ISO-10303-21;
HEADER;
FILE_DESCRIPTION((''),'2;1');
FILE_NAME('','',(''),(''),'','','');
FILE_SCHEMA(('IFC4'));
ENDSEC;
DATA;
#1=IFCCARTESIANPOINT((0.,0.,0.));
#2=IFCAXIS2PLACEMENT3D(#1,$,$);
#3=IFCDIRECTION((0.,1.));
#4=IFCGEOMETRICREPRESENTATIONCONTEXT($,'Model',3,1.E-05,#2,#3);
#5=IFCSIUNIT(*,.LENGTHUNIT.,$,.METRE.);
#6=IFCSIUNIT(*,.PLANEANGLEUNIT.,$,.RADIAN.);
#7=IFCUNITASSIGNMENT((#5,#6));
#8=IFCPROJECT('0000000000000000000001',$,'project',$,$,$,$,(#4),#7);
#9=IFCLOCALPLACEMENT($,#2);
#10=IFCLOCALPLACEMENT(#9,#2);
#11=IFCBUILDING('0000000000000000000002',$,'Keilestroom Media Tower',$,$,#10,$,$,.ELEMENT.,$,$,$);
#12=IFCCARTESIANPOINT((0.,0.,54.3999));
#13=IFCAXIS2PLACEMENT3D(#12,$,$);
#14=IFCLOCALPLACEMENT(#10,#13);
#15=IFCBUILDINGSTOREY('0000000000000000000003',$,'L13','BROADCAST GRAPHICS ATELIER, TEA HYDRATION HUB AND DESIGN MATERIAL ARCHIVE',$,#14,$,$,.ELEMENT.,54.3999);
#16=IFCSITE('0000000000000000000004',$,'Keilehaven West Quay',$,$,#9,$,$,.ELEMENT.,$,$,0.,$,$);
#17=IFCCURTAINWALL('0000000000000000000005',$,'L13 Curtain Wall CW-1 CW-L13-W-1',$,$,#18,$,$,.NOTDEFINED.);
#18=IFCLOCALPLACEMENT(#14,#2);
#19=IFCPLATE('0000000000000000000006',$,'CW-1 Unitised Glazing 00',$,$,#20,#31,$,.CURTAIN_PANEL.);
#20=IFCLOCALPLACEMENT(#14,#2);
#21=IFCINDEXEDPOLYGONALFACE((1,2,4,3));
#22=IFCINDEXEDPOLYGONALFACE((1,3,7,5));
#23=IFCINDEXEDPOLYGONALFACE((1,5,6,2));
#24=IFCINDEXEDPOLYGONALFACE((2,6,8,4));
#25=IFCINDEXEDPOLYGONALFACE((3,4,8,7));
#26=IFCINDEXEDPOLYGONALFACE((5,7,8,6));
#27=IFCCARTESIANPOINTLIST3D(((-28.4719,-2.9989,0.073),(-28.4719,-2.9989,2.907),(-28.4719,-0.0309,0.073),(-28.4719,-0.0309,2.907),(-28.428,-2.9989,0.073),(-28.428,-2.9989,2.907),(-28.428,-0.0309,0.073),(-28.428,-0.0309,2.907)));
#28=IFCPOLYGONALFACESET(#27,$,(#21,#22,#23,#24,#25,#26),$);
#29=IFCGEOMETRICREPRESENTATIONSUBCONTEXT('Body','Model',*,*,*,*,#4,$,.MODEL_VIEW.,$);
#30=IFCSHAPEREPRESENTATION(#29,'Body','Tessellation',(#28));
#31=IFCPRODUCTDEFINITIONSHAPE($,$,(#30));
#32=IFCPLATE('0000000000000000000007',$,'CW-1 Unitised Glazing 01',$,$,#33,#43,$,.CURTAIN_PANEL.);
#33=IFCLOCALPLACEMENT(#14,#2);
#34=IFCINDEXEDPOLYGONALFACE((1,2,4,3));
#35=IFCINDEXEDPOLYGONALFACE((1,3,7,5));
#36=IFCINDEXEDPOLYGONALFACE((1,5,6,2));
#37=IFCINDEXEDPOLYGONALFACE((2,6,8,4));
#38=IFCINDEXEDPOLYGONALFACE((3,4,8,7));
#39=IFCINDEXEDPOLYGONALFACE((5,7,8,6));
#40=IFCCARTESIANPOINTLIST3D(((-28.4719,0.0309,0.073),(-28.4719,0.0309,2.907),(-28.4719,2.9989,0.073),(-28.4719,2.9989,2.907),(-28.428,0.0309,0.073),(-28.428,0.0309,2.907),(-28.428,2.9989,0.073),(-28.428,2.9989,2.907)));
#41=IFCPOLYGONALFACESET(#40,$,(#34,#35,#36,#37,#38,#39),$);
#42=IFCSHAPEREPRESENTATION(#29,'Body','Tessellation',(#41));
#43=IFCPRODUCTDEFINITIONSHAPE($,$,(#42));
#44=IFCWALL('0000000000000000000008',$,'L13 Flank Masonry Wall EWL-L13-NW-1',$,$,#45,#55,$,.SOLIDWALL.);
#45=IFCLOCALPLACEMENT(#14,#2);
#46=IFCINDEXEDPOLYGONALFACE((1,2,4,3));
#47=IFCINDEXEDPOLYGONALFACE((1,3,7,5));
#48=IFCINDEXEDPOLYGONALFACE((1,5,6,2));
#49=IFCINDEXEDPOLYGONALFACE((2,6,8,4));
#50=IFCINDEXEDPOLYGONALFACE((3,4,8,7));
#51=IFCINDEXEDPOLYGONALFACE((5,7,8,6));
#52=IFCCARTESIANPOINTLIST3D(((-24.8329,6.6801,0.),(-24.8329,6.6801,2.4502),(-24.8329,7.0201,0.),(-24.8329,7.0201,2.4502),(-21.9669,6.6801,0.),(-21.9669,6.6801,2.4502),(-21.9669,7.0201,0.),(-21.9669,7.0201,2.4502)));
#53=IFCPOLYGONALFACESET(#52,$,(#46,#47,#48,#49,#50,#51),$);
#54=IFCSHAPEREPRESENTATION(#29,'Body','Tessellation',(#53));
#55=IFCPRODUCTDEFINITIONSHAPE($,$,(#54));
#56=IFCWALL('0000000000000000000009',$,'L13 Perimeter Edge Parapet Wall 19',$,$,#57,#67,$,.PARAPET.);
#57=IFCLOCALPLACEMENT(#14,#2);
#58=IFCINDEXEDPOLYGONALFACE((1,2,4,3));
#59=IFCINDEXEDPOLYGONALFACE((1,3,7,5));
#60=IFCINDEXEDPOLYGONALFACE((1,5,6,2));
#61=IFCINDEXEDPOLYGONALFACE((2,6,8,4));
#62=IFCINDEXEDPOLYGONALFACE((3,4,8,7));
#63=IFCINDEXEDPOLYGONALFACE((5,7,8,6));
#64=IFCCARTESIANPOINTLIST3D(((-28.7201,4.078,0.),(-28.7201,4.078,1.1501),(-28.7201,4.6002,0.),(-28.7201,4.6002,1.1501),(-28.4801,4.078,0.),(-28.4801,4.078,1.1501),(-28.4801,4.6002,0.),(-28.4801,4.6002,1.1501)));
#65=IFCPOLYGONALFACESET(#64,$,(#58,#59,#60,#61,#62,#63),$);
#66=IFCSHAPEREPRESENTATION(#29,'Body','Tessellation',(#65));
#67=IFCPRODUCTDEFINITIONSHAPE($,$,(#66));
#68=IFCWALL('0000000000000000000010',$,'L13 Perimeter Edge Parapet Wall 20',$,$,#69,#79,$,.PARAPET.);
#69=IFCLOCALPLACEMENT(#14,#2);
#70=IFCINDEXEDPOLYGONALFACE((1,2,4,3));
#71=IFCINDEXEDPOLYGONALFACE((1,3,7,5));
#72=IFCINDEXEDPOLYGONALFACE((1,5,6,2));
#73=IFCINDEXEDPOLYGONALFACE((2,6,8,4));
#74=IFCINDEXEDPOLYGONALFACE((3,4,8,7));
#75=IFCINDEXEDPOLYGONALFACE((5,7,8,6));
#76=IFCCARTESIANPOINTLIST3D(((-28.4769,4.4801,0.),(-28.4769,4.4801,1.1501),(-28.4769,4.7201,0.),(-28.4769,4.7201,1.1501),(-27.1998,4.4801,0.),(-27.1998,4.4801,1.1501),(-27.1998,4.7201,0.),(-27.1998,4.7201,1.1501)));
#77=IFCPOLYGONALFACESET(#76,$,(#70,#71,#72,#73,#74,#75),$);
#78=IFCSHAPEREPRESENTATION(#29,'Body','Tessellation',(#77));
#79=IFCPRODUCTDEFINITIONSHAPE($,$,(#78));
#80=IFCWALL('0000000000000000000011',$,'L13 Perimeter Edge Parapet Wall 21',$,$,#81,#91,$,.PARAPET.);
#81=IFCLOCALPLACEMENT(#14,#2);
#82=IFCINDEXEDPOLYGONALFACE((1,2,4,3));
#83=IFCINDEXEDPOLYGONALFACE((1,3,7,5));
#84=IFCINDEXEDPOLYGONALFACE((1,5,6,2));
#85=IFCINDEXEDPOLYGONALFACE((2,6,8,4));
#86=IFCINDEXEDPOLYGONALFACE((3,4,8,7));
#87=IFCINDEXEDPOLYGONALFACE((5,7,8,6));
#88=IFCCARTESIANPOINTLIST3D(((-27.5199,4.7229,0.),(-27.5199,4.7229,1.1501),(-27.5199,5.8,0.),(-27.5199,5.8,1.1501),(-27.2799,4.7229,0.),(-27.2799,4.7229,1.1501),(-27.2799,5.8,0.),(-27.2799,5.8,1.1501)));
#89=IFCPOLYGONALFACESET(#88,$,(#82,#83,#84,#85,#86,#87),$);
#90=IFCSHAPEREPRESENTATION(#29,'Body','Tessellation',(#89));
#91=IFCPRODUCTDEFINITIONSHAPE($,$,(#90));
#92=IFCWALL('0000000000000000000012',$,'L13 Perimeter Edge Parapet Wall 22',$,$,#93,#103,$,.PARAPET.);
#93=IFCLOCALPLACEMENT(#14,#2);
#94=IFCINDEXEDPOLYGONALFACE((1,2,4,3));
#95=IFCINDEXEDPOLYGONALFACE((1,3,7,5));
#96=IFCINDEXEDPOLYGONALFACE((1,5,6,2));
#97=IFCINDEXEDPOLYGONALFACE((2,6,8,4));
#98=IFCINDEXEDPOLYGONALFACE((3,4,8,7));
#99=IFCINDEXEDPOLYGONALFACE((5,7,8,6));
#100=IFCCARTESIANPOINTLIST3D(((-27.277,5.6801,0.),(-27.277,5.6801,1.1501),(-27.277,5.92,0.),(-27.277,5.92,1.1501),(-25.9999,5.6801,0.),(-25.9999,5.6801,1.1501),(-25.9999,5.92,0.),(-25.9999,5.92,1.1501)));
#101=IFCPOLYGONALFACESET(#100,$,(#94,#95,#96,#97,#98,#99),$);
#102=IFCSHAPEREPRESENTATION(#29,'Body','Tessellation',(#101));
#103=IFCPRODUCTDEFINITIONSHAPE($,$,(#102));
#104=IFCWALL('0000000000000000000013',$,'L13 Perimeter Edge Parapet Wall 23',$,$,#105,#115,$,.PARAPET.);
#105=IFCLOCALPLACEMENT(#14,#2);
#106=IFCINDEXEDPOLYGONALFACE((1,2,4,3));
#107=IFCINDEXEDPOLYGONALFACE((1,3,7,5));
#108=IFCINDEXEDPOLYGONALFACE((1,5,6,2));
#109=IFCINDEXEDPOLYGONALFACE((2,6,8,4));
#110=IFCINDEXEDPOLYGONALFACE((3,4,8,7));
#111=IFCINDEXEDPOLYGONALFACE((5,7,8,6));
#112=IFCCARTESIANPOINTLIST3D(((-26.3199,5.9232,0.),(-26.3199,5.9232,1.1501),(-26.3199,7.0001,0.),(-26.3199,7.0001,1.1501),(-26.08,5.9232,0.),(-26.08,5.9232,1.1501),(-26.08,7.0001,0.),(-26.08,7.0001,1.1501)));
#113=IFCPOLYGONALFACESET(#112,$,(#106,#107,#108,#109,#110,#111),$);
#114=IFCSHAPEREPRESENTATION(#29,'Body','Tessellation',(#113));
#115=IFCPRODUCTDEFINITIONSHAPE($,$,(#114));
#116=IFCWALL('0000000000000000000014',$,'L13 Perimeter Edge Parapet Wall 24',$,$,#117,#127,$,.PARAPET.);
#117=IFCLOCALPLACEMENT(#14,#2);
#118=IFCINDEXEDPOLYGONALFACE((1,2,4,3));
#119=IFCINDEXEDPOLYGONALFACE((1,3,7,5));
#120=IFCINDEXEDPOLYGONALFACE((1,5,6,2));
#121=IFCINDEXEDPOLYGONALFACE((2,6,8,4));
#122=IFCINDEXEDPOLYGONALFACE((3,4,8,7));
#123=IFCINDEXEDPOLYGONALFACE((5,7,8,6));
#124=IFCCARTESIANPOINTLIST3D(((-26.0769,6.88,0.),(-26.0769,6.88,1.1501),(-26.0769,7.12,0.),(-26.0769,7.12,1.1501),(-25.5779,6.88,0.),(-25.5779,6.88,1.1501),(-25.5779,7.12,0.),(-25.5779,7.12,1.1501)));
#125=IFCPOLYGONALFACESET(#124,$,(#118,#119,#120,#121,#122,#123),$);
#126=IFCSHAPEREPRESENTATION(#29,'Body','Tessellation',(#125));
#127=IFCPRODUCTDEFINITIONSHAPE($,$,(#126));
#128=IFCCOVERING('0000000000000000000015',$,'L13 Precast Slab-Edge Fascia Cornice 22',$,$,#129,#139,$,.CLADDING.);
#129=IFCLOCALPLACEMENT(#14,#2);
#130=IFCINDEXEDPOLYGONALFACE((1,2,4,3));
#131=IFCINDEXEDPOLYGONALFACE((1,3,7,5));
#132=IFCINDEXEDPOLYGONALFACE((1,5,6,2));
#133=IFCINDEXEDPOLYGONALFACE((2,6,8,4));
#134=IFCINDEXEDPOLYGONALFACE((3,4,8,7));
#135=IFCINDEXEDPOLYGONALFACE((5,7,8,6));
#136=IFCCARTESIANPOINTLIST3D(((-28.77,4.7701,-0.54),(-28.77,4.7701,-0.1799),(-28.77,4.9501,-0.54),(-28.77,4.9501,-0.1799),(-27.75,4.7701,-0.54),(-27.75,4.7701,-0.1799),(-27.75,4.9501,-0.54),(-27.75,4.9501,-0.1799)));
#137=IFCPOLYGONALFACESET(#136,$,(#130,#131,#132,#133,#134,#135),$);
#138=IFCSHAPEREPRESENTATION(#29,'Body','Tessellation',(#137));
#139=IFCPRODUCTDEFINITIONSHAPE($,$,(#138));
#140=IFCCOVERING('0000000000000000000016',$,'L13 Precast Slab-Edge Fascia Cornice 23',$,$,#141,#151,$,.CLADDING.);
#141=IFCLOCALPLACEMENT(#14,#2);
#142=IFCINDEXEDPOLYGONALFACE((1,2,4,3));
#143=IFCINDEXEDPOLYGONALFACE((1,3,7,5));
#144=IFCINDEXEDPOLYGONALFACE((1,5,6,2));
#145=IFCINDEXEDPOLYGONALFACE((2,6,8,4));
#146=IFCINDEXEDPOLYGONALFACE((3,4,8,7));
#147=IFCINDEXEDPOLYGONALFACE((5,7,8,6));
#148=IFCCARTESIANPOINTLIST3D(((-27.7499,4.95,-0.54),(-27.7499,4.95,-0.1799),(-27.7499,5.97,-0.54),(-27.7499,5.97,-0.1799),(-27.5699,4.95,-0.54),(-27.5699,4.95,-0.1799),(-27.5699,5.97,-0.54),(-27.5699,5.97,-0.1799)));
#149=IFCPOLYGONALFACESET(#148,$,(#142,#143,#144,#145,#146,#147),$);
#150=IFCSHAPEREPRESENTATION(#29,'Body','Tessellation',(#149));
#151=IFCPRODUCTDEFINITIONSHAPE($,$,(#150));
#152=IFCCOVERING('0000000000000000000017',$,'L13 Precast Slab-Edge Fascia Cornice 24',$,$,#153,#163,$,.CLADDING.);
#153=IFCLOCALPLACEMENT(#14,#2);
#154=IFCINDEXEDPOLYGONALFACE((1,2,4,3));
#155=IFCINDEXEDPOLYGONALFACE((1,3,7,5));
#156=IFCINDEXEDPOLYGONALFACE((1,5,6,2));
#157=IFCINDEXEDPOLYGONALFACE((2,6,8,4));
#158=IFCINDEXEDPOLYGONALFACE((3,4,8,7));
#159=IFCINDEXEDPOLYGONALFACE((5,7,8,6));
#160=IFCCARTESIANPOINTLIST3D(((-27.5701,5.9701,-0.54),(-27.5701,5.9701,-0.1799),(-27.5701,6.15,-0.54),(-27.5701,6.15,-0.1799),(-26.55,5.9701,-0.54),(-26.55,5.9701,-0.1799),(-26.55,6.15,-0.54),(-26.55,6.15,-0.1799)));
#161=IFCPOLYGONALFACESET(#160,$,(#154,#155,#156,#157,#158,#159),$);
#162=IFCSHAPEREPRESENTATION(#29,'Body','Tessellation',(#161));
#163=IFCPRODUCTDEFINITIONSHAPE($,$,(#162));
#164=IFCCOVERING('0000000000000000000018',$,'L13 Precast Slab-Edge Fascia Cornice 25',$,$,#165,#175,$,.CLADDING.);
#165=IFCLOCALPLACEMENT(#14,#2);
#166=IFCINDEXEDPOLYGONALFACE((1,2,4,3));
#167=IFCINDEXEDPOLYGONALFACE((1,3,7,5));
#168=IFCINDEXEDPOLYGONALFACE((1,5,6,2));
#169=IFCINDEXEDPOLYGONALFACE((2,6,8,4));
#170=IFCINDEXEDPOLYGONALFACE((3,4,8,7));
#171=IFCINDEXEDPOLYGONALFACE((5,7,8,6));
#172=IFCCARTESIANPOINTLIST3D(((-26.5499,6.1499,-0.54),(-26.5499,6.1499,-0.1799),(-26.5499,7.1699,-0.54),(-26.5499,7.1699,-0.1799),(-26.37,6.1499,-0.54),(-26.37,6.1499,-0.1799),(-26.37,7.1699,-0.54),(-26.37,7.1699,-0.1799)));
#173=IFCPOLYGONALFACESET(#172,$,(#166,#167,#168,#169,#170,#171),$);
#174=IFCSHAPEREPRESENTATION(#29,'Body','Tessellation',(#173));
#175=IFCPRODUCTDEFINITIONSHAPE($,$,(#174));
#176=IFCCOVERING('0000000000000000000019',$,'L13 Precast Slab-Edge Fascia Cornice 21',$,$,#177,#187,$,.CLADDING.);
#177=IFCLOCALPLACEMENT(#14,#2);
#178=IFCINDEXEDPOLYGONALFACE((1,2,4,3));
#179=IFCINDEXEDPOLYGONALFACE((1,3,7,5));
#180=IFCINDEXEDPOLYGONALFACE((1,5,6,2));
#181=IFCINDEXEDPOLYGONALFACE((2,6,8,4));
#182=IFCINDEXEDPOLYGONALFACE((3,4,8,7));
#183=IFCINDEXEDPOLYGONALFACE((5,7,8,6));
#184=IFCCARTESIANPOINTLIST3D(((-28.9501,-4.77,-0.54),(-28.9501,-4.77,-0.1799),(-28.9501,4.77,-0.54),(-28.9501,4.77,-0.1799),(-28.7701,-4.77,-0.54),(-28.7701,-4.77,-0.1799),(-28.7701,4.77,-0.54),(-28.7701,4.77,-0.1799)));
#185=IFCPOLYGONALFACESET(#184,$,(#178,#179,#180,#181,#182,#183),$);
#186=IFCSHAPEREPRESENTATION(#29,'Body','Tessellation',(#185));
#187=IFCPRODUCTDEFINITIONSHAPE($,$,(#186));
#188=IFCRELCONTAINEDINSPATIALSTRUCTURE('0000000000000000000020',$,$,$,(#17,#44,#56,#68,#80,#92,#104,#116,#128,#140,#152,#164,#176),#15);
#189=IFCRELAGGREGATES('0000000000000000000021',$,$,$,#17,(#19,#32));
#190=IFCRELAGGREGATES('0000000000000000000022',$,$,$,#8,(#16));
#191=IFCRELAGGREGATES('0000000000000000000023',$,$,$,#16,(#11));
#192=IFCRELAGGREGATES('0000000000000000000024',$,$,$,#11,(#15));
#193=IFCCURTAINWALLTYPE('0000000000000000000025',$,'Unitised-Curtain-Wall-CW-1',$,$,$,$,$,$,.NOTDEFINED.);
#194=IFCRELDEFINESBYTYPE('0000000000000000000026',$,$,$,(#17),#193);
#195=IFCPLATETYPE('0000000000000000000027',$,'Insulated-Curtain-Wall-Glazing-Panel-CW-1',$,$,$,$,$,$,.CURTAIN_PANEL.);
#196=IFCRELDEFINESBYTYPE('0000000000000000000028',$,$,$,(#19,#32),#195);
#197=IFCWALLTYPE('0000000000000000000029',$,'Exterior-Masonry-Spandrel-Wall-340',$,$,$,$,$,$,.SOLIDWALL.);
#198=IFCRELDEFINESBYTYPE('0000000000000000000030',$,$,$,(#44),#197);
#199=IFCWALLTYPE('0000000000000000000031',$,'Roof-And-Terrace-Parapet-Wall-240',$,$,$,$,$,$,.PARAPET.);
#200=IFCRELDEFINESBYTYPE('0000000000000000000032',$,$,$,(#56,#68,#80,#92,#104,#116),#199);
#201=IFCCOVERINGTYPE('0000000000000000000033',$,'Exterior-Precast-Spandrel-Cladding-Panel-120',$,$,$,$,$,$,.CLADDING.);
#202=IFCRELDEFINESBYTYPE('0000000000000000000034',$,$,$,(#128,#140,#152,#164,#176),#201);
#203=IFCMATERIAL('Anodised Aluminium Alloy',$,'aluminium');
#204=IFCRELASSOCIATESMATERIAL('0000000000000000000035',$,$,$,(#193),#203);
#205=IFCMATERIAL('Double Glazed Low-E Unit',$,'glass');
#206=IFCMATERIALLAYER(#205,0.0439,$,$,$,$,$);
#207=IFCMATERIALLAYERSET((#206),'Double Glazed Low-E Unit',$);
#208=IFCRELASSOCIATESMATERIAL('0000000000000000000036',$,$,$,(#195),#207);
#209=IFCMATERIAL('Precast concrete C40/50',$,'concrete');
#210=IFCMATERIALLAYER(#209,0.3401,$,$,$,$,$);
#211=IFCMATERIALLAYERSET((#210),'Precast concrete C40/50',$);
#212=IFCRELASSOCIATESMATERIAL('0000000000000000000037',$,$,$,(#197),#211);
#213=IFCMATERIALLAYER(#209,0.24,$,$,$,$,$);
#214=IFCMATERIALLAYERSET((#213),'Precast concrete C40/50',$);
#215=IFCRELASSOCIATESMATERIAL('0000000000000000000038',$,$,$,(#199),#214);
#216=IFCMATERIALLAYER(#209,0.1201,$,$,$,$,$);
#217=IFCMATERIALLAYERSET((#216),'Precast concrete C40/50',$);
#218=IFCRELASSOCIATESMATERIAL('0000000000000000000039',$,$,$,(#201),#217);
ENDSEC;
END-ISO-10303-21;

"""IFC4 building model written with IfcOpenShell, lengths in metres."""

from ifc_helpers import new_model, si_unit, direction, frame, frame_2d, origin, origin_2d, place, context, subcontext, project, spatial, rectangle, extrude, source, transform, mapped, material, layer, layer_set, type_object, element, aggregate, save


model = new_model("IFC4")

# Units and contexts
model_context = context("Model", 3, precision=1e-05, world=origin(), true_north=direction((0.0, 1.0)))
body_context = subcontext(model_context, "Body", "Model", "MODEL_VIEW")
ifc_project = project(units=[si_unit("LENGTHUNIT", "METRE"), si_unit("PLANEANGLEUNIT", "RADIAN")], contexts=[model_context])

# Site, building, storey
site_placement = place(None, origin())
site = spatial("IfcSite", under=ifc_project, at=site_placement, Name="Keilehaven West Quay", CompositionType="ELEMENT", RefElevation=0.0)
building_placement = place(site_placement, origin())
building = spatial("IfcBuilding", under=site, at=building_placement, Name="Keilestroom Media Tower", CompositionType="ELEMENT")
storey_placement = place(building_placement, frame((0.0, 0.0, 54.3999)))
storey = spatial("IfcBuildingStorey", under=building, at=storey_placement, Name="L13", Description="BROADCAST GRAPHICS ATELIER, TEA HYDRATION HUB AND DESIGN MATERIAL ARCHIVE", CompositionType="ELEMENT", Elevation=54.3999)

# Shared definitions
ifc_material_1 = material(Name="Precast concrete C40/50", Category="concrete")

# Curtain wall, plates
ifc_material_2 = material(Name="Anodised Aluminium Alloy", Category="aluminium")
curtain_wall_type = type_object("IfcCurtainWallType", Name="Unitised-Curtain-Wall-CW-1", PredefinedType="NOTDEFINED", material=ifc_material_2)
curtain_wall_placement = place(storey_placement, origin())
curtain_wall = element("IfcCurtainWall", 1, at=curtain_wall_placement, inside=storey, type_object=curtain_wall_type, Name="L13 Curtain Wall CW-1 CW-L13-W-1", PredefinedType="NOTDEFINED")
ifc_material_3 = material(Name="Double Glazed Low-E Unit", Category="glass")
ifc_layer_1 = layer(ifc_material_3, 0.0439)
ifc_layer_set_1 = layer_set([ifc_layer_1], Name="Double Glazed Low-E Unit")
plate_type = type_object("IfcPlateType", Name="Insulated-Curtain-Wall-Glazing-Panel-CW-1", PredefinedType="CURTAIN_PANEL", material=ifc_layer_set_1)
shared_shape_1 = source(origin(), body_context, "Body", "SweptSolid", [
    extrude(rectangle(XDim=2.968, YDim=0.0439, at=origin_2d()), origin(), (0.0, 0.0, 1.0), 2.834),
])
plate_1_placement = place(storey_placement, frame((-28.45, -1.5149, 0.073), z_axis=(0.0, 0.0, 1.0), x_axis=(0.0, 1.0, 0.0)))
plate_1 = element("IfcPlate", 2, at=plate_1_placement, type_object=plate_type, Name="CW-1 Unitised Glazing 00", PredefinedType="CURTAIN_PANEL", context=body_context, shape_type="MappedRepresentation", body=[
    mapped(shared_shape_1, transform((0.0, 0.0, 0.0), x_axis=(1.0, 0.0, 0.0), y_axis=(0.0, 1.0, 0.0), z_axis=(0.0, 0.0, 1.0), scale=1.0)),
])
plate_2_placement = place(storey_placement, frame((-28.45, 1.5149, 0.073), z_axis=(0.0, 0.0, 1.0), x_axis=(0.0, 1.0, 0.0)))
plate_2 = element("IfcPlate", 3, at=plate_2_placement, type_object=plate_type, Name="CW-1 Unitised Glazing 01", PredefinedType="CURTAIN_PANEL", context=body_context, shape_type="MappedRepresentation", body=[
    mapped(shared_shape_1, transform((0.0, 0.0, 0.0), x_axis=(1.0, 0.0, 0.0), y_axis=(0.0, 1.0, 0.0), z_axis=(0.0, 0.0, 1.0), scale=1.0)),
])
aggregate(curtain_wall, [plate_1, plate_2])

# Walls
ifc_layer_2 = layer(ifc_material_1, 0.3401)
ifc_layer_set_2 = layer_set([ifc_layer_2], Name="Precast concrete C40/50")
wall_type_1 = type_object("IfcWallType", Name="Exterior-Masonry-Spandrel-Wall-340", PredefinedType="SOLIDWALL", material=ifc_layer_set_2)
wall_1_placement = place(storey_placement, frame((-24.833, 6.8501, 0.0), z_axis=(0.0, 0.0, 1.0), x_axis=(1.0, 0.0, 0.0)))
element("IfcWall", 4, at=wall_1_placement, inside=storey, type_object=wall_type_1, Name="L13 Flank Masonry Wall EWL-L13-NW-1", PredefinedType="SOLIDWALL", context=body_context, shape_type="SweptSolid", body=[
    extrude(rectangle(XDim=2.866, YDim=0.3401, at=frame_2d((1.4331, 0.0))), origin(), (0.0, 0.0, 1.0), 2.4502),
])
ifc_layer_3 = layer(ifc_material_1, 0.24)
ifc_layer_set_3 = layer_set([ifc_layer_3], Name="Precast concrete C40/50")
wall_type_2 = type_object("IfcWallType", Name="Roof-And-Terrace-Parapet-Wall-240", PredefinedType="PARAPET", material=ifc_layer_set_3)
wall_2_placement = place(storey_placement, frame((-28.6001, 4.0779, 0.0), z_axis=(0.0, 0.0, 1.0), x_axis=(0.0, 1.0, 0.0)))
element("IfcWall", 5, at=wall_2_placement, inside=storey, type_object=wall_type_2, Name="L13 Perimeter Edge Parapet Wall 19", PredefinedType="PARAPET", context=body_context, shape_type="SweptSolid", body=[
    extrude(rectangle(XDim=0.5222, YDim=0.24, at=frame_2d((0.2612, 0.0))), origin(), (0.0, 0.0, 1.0), 1.1501),
])
wall_3_placement = place(storey_placement, frame((-28.4771, 4.6001, 0.0), z_axis=(0.0, 0.0, 1.0), x_axis=(1.0, 0.0, 0.0)))
element("IfcWall", 6, at=wall_3_placement, inside=storey, type_object=wall_type_2, Name="L13 Perimeter Edge Parapet Wall 20", PredefinedType="PARAPET", context=body_context, shape_type="SweptSolid", body=[
    extrude(rectangle(XDim=1.2771, YDim=0.24, at=frame_2d((0.6387, 0.0))), origin(), (0.0, 0.0, 1.0), 1.1501),
])
wall_4_placement = place(storey_placement, frame((-27.3999, 4.7229, 0.0), z_axis=(0.0, 0.0, 1.0), x_axis=(0.0, 1.0, 0.0)))
element("IfcWall", 7, at=wall_4_placement, inside=storey, type_object=wall_type_2, Name="L13 Perimeter Edge Parapet Wall 21", PredefinedType="PARAPET", context=body_context, shape_type="SweptSolid", body=[
    extrude(rectangle(XDim=1.0771, YDim=0.24, at=frame_2d((0.5386, 0.0))), origin(), (0.0, 0.0, 1.0), 1.1501),
])
wall_5_placement = place(storey_placement, frame((-27.2771, 5.8, 0.0), z_axis=(0.0, 0.0, 1.0), x_axis=(1.0, 0.0, 0.0)))
element("IfcWall", 8, at=wall_5_placement, inside=storey, type_object=wall_type_2, Name="L13 Perimeter Edge Parapet Wall 22", PredefinedType="PARAPET", context=body_context, shape_type="SweptSolid", body=[
    extrude(rectangle(XDim=1.2771, YDim=0.24, at=frame_2d((0.6387, 0.0))), origin(), (0.0, 0.0, 1.0), 1.1501),
])
wall_6_placement = place(storey_placement, frame((-26.2, 5.9231, 0.0), z_axis=(0.0, 0.0, 1.0), x_axis=(0.0, 1.0, 0.0)))
element("IfcWall", 9, at=wall_6_placement, inside=storey, type_object=wall_type_2, Name="L13 Perimeter Edge Parapet Wall 23", PredefinedType="PARAPET", context=body_context, shape_type="SweptSolid", body=[
    extrude(rectangle(XDim=1.0769, YDim=0.24, at=frame_2d((0.5386, 0.0))), origin(), (0.0, 0.0, 1.0), 1.1501),
])
wall_7_placement = place(storey_placement, frame((-26.0769, 7.0, 0.0), z_axis=(0.0, 0.0, 1.0), x_axis=(1.0, 0.0, 0.0)))
element("IfcWall", 10, at=wall_7_placement, inside=storey, type_object=wall_type_2, Name="L13 Perimeter Edge Parapet Wall 24", PredefinedType="PARAPET", context=body_context, shape_type="SweptSolid", body=[
    extrude(rectangle(XDim=0.499, YDim=0.24, at=frame_2d((0.2495, 0.0))), origin(), (0.0, 0.0, 1.0), 1.1501),
])

# Coverings
ifc_layer_4 = layer(ifc_material_1, 0.1201)
ifc_layer_set_4 = layer_set([ifc_layer_4], Name="Precast concrete C40/50")
covering_type = type_object("IfcCoveringType", Name="Exterior-Precast-Spandrel-Cladding-Panel-120", PredefinedType="CLADDING", material=ifc_layer_set_4)
shared_shape_2 = source(origin(), body_context, "Body", "SweptSolid", [
    extrude(rectangle(XDim=1.02, YDim=0.1799, at=origin_2d()), origin(), (0.0, 0.0, 1.0), 0.3601),
])
for number, where, z_axis, x_axis, name in (
    (11, (-28.26, 4.8601, -0.54), (0.0, 0.0, 1.0), (1.0, 0.0, 0.0), "L13 Precast Slab-Edge Fascia Cornice 22"),
    (12, (-27.6599, 5.46, -0.54), (0.0, 0.0, 1.0), (0.0, 1.0, 0.0), "L13 Precast Slab-Edge Fascia Cornice 23"),
    (13, (-27.0601, 6.0601, -0.54), (0.0, 0.0, 1.0), (1.0, 0.0, 0.0), "L13 Precast Slab-Edge Fascia Cornice 24"),
    (14, (-26.46, 6.6599, -0.54), (0.0, 0.0, 1.0), (0.0, 1.0, 0.0), "L13 Precast Slab-Edge Fascia Cornice 25"),
):
    element("IfcCovering", number, at=place(storey_placement, frame(where, z_axis=z_axis, x_axis=x_axis)), inside=storey, type_object=covering_type, Name=name, PredefinedType="CLADDING", context=body_context, shape_type="MappedRepresentation", body=[
        mapped(shared_shape_2, transform((0.0, 0.0, 0.0), x_axis=(1.0, 0.0, 0.0), y_axis=(0.0, 1.0, 0.0), z_axis=(0.0, 0.0, 1.0), scale=1.0)),
    ])
shared_shape_3 = source(origin(), body_context, "Body", "SweptSolid", [
    extrude(rectangle(XDim=9.54, YDim=0.1799, at=origin_2d()), origin(), (0.0, 0.0, 1.0), 0.3601),
])
covering_placement = place(storey_placement, frame((-28.8601, 0.0, -0.54), z_axis=(0.0, 0.0, 1.0), x_axis=(0.0, 1.0, 0.0)))
element("IfcCovering", 15, at=covering_placement, inside=storey, type_object=covering_type, Name="L13 Precast Slab-Edge Fascia Cornice 21", PredefinedType="CLADDING", context=body_context, shape_type="MappedRepresentation", body=[
    mapped(shared_shape_3, transform((0.0, 0.0, 0.0), x_axis=(1.0, 0.0, 0.0), y_axis=(0.0, 1.0, 0.0), z_axis=(0.0, 0.0, 1.0), scale=1.0)),
])

save(model, "model.ifc")
